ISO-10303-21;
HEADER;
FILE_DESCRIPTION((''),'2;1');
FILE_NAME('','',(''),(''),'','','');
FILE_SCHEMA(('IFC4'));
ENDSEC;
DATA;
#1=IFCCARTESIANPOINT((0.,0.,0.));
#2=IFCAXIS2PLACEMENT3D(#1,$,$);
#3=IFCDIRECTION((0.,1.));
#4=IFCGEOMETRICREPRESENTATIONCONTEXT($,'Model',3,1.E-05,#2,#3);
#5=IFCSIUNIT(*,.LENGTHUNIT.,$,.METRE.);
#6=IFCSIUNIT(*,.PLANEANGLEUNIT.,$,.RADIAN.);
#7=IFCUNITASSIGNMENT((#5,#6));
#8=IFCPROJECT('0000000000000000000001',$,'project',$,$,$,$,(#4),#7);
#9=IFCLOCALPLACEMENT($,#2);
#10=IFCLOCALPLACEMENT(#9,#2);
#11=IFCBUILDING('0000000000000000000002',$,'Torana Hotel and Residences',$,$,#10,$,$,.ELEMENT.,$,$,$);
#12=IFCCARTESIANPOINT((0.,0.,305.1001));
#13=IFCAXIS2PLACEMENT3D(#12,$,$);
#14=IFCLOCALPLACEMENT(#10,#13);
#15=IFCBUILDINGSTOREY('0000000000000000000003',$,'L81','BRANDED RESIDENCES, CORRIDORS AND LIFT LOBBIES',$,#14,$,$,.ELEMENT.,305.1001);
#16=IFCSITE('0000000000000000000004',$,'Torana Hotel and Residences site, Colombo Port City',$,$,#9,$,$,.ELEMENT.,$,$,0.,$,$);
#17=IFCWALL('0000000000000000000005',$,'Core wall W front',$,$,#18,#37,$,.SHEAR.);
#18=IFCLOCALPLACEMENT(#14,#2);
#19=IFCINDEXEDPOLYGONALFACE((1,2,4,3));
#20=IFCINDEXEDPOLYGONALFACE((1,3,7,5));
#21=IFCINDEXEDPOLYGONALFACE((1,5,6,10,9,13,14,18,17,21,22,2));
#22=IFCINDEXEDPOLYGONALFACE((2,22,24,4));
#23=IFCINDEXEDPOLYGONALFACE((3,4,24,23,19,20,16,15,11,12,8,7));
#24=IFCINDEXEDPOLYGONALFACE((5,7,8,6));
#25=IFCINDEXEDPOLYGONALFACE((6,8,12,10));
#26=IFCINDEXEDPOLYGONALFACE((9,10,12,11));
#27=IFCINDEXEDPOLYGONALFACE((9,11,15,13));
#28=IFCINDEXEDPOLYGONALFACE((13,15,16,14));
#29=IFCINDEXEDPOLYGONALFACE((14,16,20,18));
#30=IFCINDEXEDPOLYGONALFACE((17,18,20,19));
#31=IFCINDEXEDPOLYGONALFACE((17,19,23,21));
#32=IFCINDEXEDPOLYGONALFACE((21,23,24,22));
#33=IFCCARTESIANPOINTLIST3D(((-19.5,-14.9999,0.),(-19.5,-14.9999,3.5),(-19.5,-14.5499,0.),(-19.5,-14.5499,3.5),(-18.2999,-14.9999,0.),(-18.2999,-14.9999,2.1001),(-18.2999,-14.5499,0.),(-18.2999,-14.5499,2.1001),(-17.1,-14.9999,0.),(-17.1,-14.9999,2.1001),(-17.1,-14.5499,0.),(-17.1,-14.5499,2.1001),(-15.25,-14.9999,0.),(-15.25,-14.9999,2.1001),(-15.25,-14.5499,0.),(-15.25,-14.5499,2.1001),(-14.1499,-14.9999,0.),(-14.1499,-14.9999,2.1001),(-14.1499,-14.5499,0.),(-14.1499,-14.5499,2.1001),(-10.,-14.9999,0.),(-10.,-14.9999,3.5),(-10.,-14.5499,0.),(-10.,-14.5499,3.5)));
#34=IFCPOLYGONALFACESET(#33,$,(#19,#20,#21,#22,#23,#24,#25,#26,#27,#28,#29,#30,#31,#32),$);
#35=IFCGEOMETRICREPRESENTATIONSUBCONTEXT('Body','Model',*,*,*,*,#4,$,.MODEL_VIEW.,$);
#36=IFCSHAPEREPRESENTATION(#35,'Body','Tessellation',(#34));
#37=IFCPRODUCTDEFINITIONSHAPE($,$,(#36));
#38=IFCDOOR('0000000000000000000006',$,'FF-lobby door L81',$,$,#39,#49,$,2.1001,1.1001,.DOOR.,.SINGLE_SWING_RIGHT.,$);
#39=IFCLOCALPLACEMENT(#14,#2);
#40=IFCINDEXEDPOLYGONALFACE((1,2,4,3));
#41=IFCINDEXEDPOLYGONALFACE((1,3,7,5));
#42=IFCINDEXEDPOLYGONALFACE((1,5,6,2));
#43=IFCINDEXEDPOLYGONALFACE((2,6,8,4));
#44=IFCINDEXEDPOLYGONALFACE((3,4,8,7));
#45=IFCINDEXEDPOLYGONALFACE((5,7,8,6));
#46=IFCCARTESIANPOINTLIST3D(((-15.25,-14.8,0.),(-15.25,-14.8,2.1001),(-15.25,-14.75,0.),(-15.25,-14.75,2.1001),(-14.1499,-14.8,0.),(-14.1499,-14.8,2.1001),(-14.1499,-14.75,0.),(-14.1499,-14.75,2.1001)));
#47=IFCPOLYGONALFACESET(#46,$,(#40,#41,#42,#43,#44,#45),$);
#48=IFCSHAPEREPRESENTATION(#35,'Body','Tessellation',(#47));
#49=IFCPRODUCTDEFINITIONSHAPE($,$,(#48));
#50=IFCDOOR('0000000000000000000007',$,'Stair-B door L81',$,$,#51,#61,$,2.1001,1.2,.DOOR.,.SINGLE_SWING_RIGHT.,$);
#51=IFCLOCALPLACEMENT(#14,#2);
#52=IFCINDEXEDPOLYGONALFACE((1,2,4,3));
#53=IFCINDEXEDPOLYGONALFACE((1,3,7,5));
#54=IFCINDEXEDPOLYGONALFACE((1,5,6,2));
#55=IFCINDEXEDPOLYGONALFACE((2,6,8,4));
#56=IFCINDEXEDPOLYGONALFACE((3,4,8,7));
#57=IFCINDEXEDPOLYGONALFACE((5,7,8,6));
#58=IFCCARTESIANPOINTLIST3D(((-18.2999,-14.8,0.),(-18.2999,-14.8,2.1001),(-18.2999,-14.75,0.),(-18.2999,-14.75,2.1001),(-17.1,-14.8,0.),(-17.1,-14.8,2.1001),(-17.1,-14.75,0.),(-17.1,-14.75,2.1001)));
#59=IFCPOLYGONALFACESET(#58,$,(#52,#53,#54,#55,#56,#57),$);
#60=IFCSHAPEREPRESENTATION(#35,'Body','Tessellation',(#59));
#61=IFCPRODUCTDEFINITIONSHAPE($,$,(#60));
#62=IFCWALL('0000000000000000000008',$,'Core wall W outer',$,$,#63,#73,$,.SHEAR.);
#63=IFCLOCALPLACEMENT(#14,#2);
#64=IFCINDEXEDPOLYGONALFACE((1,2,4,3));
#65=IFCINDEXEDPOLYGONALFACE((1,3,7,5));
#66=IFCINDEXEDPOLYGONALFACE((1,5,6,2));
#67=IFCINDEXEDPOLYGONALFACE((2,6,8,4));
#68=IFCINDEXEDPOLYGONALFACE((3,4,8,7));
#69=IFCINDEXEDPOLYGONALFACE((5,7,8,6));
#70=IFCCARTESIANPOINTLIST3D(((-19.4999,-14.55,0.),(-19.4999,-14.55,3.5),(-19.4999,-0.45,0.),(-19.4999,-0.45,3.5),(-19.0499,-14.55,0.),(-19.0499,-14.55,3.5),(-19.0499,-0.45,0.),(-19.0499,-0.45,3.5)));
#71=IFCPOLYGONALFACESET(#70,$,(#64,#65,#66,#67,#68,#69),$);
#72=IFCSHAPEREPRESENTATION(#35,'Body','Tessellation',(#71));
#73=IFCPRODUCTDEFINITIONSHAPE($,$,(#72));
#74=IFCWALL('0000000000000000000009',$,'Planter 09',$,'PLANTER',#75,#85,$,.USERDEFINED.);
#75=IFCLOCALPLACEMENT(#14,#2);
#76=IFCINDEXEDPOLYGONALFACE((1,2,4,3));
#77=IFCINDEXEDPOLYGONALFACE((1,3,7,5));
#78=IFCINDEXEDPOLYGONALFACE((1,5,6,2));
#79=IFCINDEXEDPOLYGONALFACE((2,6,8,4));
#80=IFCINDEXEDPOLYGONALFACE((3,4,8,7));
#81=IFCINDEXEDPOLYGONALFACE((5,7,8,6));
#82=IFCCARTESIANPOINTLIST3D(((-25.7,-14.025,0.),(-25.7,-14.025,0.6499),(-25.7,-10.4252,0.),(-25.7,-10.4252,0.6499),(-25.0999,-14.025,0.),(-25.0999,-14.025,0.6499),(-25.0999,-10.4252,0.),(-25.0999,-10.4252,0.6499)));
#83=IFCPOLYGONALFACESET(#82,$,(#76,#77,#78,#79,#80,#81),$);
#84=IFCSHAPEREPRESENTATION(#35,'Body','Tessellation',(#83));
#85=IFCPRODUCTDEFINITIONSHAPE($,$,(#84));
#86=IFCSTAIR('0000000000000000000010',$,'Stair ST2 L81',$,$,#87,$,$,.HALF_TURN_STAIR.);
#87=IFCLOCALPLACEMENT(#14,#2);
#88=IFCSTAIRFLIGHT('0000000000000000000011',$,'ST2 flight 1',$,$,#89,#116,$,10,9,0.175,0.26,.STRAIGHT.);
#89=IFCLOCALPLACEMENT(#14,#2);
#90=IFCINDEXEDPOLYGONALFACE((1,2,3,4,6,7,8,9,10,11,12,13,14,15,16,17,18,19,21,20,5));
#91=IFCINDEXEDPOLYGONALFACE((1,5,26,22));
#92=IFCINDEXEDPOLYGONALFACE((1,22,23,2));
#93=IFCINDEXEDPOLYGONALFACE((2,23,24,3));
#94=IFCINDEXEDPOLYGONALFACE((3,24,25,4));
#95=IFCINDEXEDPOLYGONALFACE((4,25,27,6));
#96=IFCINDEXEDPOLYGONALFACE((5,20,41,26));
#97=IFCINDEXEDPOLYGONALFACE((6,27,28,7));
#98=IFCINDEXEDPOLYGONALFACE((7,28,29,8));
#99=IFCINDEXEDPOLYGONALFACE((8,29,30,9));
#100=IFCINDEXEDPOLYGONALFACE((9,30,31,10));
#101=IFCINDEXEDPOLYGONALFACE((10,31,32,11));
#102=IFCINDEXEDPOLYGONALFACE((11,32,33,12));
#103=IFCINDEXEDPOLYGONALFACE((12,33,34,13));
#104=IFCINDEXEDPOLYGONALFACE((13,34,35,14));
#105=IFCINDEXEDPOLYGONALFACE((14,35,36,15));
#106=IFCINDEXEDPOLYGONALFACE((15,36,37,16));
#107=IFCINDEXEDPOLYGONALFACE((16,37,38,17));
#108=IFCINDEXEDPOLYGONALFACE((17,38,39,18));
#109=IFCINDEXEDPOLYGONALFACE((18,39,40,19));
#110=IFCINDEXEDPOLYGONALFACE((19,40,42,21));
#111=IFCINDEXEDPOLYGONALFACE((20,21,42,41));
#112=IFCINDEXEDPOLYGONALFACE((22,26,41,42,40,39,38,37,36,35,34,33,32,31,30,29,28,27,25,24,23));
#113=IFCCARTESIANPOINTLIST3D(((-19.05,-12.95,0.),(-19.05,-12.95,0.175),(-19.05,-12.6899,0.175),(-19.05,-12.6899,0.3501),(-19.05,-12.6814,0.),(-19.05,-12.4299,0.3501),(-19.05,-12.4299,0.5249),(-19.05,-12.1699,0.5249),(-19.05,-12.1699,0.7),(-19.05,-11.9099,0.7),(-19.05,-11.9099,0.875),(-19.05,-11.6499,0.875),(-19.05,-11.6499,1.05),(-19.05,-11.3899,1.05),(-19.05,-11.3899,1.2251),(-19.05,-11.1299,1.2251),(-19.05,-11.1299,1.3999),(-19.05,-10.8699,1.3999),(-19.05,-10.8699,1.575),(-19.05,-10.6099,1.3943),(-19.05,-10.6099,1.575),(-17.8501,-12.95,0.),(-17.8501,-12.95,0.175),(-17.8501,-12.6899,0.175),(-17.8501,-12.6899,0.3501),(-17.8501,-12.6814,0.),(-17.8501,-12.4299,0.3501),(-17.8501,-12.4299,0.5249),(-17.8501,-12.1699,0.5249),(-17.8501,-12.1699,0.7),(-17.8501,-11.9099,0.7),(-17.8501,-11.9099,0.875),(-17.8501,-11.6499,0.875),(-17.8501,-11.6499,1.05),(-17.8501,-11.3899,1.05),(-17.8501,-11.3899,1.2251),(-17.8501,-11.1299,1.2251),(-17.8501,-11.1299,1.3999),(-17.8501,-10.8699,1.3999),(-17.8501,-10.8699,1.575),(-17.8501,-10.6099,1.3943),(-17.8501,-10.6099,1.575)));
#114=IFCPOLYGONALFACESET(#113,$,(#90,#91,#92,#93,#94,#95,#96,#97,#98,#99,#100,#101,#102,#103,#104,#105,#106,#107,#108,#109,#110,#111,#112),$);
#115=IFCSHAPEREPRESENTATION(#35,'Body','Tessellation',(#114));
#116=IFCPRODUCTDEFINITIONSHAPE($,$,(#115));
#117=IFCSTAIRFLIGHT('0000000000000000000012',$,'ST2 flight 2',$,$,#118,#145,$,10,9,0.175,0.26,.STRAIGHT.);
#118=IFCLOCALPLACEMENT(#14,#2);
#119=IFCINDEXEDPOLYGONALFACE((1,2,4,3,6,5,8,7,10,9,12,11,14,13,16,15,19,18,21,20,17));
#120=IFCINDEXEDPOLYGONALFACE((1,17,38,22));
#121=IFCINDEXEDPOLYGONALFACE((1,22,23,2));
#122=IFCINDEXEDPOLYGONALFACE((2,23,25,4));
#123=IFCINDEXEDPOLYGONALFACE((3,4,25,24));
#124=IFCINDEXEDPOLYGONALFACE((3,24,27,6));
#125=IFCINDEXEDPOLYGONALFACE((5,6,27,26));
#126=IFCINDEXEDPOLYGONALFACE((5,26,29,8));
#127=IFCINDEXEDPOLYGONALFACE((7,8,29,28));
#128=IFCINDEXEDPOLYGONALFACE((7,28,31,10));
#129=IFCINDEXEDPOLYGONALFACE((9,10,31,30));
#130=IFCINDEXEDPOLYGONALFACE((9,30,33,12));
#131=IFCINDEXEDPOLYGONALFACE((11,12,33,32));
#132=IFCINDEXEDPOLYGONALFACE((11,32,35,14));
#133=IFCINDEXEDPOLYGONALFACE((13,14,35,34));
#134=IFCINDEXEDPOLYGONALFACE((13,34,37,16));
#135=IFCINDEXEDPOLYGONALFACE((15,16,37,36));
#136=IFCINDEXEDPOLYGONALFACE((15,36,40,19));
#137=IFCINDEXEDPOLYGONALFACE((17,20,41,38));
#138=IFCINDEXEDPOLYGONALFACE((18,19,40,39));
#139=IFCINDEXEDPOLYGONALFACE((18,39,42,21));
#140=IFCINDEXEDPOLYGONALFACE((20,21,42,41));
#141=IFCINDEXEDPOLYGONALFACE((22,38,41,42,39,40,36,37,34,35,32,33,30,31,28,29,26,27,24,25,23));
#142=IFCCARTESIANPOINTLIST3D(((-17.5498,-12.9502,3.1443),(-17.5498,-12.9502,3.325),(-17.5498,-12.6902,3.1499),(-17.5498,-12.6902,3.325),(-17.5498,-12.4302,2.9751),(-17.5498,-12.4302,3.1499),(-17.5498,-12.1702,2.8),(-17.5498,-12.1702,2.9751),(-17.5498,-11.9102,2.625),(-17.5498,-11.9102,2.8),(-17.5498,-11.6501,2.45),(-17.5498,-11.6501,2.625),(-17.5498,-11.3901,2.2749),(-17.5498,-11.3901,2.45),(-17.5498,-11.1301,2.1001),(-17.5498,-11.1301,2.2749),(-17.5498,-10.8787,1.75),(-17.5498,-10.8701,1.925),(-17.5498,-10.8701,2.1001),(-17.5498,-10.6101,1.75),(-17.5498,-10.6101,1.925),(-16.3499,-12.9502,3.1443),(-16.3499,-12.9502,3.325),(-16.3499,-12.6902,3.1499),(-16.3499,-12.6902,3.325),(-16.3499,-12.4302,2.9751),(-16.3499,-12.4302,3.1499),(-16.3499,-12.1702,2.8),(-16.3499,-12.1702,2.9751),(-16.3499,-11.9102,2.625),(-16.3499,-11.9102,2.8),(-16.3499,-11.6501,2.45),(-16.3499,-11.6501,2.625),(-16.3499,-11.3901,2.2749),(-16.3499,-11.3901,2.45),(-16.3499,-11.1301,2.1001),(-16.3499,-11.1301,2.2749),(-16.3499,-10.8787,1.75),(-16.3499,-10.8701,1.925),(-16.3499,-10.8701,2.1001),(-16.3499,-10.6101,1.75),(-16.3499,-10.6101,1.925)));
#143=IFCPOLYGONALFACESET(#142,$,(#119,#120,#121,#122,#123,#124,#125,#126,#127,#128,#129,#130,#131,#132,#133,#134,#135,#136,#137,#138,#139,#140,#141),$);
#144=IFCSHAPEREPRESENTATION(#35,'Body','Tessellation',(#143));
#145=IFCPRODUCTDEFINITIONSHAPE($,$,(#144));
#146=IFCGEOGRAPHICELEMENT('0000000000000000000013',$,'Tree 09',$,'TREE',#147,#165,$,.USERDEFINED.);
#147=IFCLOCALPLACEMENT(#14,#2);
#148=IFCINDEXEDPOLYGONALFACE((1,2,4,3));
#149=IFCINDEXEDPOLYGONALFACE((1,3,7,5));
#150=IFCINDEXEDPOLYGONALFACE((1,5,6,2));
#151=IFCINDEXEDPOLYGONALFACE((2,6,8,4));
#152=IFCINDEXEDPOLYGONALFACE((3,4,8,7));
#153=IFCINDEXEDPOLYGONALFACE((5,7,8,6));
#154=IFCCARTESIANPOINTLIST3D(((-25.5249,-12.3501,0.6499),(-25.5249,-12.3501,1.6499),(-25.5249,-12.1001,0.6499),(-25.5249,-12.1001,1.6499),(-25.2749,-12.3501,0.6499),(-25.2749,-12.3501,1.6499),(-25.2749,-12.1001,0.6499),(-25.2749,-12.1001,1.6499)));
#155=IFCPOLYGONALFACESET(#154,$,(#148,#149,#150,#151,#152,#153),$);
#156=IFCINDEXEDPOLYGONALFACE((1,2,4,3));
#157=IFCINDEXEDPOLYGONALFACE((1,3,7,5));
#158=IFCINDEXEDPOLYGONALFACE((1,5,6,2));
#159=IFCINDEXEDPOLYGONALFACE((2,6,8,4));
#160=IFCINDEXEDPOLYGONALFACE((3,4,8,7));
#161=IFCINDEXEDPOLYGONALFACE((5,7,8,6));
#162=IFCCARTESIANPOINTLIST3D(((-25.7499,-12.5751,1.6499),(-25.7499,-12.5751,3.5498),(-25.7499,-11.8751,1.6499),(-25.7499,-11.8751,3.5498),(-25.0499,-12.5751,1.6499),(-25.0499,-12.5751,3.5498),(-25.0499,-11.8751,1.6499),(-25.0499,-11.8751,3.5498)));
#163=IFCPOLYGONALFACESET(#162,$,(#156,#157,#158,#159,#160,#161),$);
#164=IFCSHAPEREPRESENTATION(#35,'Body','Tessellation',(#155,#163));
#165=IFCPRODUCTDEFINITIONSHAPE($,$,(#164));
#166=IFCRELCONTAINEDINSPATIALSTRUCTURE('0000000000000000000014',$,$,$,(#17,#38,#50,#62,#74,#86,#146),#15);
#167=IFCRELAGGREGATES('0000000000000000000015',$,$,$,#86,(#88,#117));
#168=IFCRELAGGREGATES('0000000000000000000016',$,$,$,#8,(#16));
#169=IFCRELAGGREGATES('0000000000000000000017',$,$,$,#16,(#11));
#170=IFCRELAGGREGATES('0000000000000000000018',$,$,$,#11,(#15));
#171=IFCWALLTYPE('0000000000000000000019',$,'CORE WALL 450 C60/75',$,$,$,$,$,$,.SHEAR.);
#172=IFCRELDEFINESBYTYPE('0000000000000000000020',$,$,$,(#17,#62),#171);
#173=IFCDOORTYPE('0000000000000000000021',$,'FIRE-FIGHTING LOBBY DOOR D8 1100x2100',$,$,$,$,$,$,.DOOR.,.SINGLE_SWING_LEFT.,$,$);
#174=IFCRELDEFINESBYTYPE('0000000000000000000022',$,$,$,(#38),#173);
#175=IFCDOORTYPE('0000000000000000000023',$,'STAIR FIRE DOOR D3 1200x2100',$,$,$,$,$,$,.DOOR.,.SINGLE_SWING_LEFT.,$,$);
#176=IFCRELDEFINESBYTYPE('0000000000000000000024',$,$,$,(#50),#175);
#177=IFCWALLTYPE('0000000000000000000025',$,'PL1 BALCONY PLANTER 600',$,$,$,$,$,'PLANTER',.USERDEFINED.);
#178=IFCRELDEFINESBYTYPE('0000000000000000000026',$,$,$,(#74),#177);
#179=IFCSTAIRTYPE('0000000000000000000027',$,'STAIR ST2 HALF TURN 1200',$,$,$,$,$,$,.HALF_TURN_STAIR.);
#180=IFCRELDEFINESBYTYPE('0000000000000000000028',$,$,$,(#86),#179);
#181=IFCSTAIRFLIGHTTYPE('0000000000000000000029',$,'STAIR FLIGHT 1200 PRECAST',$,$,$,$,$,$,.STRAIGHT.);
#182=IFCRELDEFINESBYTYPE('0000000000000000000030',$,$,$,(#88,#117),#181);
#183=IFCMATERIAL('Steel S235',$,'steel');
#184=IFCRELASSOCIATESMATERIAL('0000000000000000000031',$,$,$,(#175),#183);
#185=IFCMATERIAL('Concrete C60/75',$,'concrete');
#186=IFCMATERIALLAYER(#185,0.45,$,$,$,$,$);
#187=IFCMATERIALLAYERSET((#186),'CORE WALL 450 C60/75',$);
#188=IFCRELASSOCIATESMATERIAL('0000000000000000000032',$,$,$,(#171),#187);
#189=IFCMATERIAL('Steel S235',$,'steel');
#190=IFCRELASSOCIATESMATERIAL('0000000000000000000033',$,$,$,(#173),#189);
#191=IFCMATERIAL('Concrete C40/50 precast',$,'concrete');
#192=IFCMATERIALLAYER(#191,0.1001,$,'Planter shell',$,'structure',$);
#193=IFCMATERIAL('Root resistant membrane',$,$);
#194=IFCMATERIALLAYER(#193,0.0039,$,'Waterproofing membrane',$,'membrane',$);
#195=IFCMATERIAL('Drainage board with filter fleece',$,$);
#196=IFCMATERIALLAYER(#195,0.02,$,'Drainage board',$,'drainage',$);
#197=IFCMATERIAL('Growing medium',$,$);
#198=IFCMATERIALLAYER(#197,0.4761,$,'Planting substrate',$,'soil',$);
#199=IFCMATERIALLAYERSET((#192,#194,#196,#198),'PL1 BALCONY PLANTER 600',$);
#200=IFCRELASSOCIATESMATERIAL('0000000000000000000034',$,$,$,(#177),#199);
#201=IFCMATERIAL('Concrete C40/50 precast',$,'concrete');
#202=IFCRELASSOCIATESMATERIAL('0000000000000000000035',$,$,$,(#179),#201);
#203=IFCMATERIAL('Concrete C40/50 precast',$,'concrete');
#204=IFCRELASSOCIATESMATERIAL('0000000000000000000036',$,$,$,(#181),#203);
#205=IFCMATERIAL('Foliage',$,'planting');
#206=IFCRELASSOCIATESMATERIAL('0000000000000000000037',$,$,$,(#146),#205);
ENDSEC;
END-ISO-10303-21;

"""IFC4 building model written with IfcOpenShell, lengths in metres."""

from ifc_helpers import new_model, si_unit, direction, frame, frame_2d, origin, origin_2d, place, context, subcontext, project, spatial, polyline, rectangle, outline, extrude, material, layer, layer_set, type_object, element, fill, aggregate, save


model = new_model("IFC4")

# Units and contexts
model_context = context("Model", 3, precision=1e-05, world=origin(), true_north=direction((0.0, 1.0)))
body_context = subcontext(model_context, "Body", "Model", "MODEL_VIEW")
ifc_project = project(units=[si_unit("LENGTHUNIT", "METRE"), si_unit("PLANEANGLEUNIT", "RADIAN")], contexts=[model_context])

# Site, building, storey
site_placement = place(None, origin())
site = spatial("IfcSite", under=ifc_project, at=site_placement, Name="Torana Hotel and Residences site, Colombo Port City", CompositionType="ELEMENT", RefElevation=0.0)
building_placement = place(site_placement, origin())
building = spatial("IfcBuilding", under=site, at=building_placement, Name="Torana Hotel and Residences", CompositionType="ELEMENT")
storey_placement = place(building_placement, frame((0.0, 0.0, 305.1001)))
storey = spatial("IfcBuildingStorey", under=building, at=storey_placement, Name="L81", Description="BRANDED RESIDENCES, CORRIDORS AND LIFT LOBBIES", CompositionType="ELEMENT", Elevation=305.1001)

# Shared definitions
ifc_material_1 = material(Name="Steel S235", Category="steel")
door_type_1 = type_object("IfcDoorType", Name="STAIR FIRE DOOR D3 1200x2100", OperationType="SINGLE_SWING_LEFT", PredefinedType="DOOR", material=ifc_material_1)

# Wall, openings, doors
ifc_material_2 = material(Name="Concrete C60/75", Category="concrete")
ifc_layer_1 = layer(ifc_material_2, 0.45)
ifc_layer_set_1 = layer_set([ifc_layer_1], Name="CORE WALL 450 C60/75")
wall_type_1 = type_object("IfcWallType", Name="CORE WALL 450 C60/75", PredefinedType="SHEAR", material=ifc_layer_set_1)
wall_1_placement = place(storey_placement, frame((-19.5, -14.7749, 0.0), z_axis=(0.0, 0.0, 1.0), x_axis=(1.0, 0.0, 0.0)))
wall_1 = element("IfcWall", 1, at=wall_1_placement, inside=storey, type_object=wall_type_1, Name="Core wall W front", PredefinedType="SHEAR", context=body_context, shape_type="SweptSolid", body=[
    extrude(rectangle(XDim=9.5, YDim=0.45, at=frame_2d((4.75, 0.0))), origin(), (0.0, 0.0, 1.0), 3.5),
])
opening_1_placement = place(wall_1_placement, frame((1.2, 0.0, 0.0)))
opening_1 = element("IfcOpeningElement", 2, at=opening_1_placement, cuts=wall_1, PredefinedType="OPENING", context=body_context, shape_type="SweptSolid", body=[
    extrude(rectangle(XDim=1.2, YDim=2.1001, at=frame_2d((0.6001, 1.05))), frame((0.0, 0.2349, 0.0), z_axis=(0.0, -1.0, 0.0), x_axis=(1.0, 0.0, 0.0)), (0.0, 0.0, 1.0), 0.47),
])
opening_2_placement = place(wall_1_placement, frame((4.25, 0.0, 0.0)))
opening_2 = element("IfcOpeningElement", 3, at=opening_2_placement, cuts=wall_1, PredefinedType="OPENING", context=body_context, shape_type="SweptSolid", body=[
    extrude(rectangle(XDim=1.1001, YDim=2.1001, at=frame_2d((0.55, 1.05))), frame((0.0, 0.2349, 0.0), z_axis=(0.0, -1.0, 0.0), x_axis=(1.0, 0.0, 0.0)), (0.0, 0.0, 1.0), 0.47),
])
ifc_material_3 = material(Name="Steel S235", Category="steel")
door_type_2 = type_object("IfcDoorType", Name="FIRE-FIGHTING LOBBY DOOR D8 1100x2100", OperationType="SINGLE_SWING_LEFT", PredefinedType="DOOR", material=ifc_material_3)
door_1_placement = place(opening_2_placement, origin())
door_1 = element("IfcDoor", 4, at=door_1_placement, inside=storey, type_object=door_type_2, Name="FF-lobby door L81", OperationType="SINGLE_SWING_RIGHT", OverallHeight=2.1001, OverallWidth=1.1001, PredefinedType="DOOR", context=body_context, shape_type="SweptSolid", body=[
    extrude(rectangle(XDim=1.1001, YDim=2.1001, at=frame_2d((0.55, 1.05))), frame((0.0, 0.0249, 0.0), z_axis=(0.0, -1.0, 0.0), x_axis=(1.0, 0.0, 0.0)), (0.0, 0.0, 1.0), 0.05),
])
fill(opening_2, door_1)
door_2_placement = place(opening_1_placement, origin())
door_2 = element("IfcDoor", 5, at=door_2_placement, inside=storey, type_object=door_type_1, Name="Stair-B door L81", OperationType="SINGLE_SWING_RIGHT", OverallHeight=2.1001, OverallWidth=1.2, PredefinedType="DOOR", context=body_context, shape_type="SweptSolid", body=[
    extrude(rectangle(XDim=1.2, YDim=2.1001, at=frame_2d((0.6001, 1.05))), frame((0.0, 0.0249, 0.0), z_axis=(0.0, -1.0, 0.0), x_axis=(1.0, 0.0, 0.0)), (0.0, 0.0, 1.0), 0.05),
])
fill(opening_1, door_2)

# Wall
wall_2_placement = place(storey_placement, frame((-19.2749, -14.55, 0.0), z_axis=(0.0, 0.0, 1.0), x_axis=(0.0, 1.0, 0.0)))
element("IfcWall", 6, at=wall_2_placement, inside=storey, type_object=wall_type_1, Name="Core wall W outer", PredefinedType="SHEAR", context=body_context, shape_type="SweptSolid", body=[
    extrude(rectangle(XDim=14.1001, YDim=0.45, at=frame_2d((7.05, 0.0))), origin(), (0.0, 0.0, 1.0), 3.5),
])

# Wall
ifc_material_4 = material(Name="Concrete C40/50 precast", Category="concrete")
ifc_layer_2 = layer(ifc_material_4, 0.1001, Name="Planter shell", Category="structure")
ifc_material_5 = material(Name="Root resistant membrane")
ifc_layer_3 = layer(ifc_material_5, 0.0039, Name="Waterproofing membrane", Category="membrane")
ifc_material_6 = material(Name="Drainage board with filter fleece")
ifc_layer_4 = layer(ifc_material_6, 0.02, Name="Drainage board", Category="drainage")
ifc_material_7 = material(Name="Growing medium")
ifc_layer_5 = layer(ifc_material_7, 0.4761, Name="Planting substrate", Category="soil")
ifc_layer_set_2 = layer_set([ifc_layer_2, ifc_layer_3, ifc_layer_4, ifc_layer_5], Name="PL1 BALCONY PLANTER 600")
wall_type_2 = type_object("IfcWallType", Name="PL1 BALCONY PLANTER 600", ElementType="PLANTER", PredefinedType="USERDEFINED", material=ifc_layer_set_2)
wall_3_placement = place(storey_placement, frame((-25.3999, -14.0249, 0.0), z_axis=(0.0, 0.0, 1.0), x_axis=(0.0, 1.0, 0.0)))
element("IfcWall", 7, at=wall_3_placement, inside=storey, type_object=wall_type_2, Name="Planter 09", ObjectType="PLANTER", PredefinedType="USERDEFINED", context=body_context, shape_type="SweptSolid", body=[
    extrude(rectangle(XDim=3.5999, YDim=0.6001, at=frame_2d((1.7998, 0.0))), origin(), (0.0, 0.0, 1.0), 0.6499),
])

# Stair, stair flights
ifc_material_8 = material(Name="Concrete C40/50 precast", Category="concrete")
stair_type = type_object("IfcStairType", Name="STAIR ST2 HALF TURN 1200", PredefinedType="HALF_TURN_STAIR", material=ifc_material_8)
stair_placement = place(storey_placement, origin())
stair = element("IfcStair", 8, at=stair_placement, inside=storey, type_object=stair_type, Name="Stair ST2 L81", PredefinedType="HALF_TURN_STAIR")
ifc_material_9 = material(Name="Concrete C40/50 precast", Category="concrete")
stair_flight_type = type_object("IfcStairFlightType", Name="STAIR FLIGHT 1200 PRECAST", PredefinedType="STRAIGHT", material=ifc_material_9)
stair_flight_1_placement = place(storey_placement, frame((-18.45, -12.95, 0.0), z_axis=(0.0, 0.0, 1.0), x_axis=(0.0, 1.0, 0.0)))
stair_flight_1 = element("IfcStairFlight", 9, at=stair_flight_1_placement, type_object=stair_flight_type, Name="ST2 flight 1", NumberOfRisers=10, NumberOfTreads=9, PredefinedType="STRAIGHT", RiserHeight=0.175, TreadLength=0.26, context=body_context, shape_type="SweptSolid", body=[
    extrude(outline(polyline([(0.0, 0.0), (0.0, 0.175), (0.26, 0.175), (0.26, 0.3501), (0.52, 0.3501), (0.52, 0.5249), (0.78, 0.5249), (0.78, 0.7), (1.04, 0.7), (1.04, 0.875), (1.3, 0.875), (1.3, 1.05), (1.5601, 1.05), (1.5601, 1.2251), (1.8201, 1.2251), (1.8201, 1.3999), (2.0801, 1.3999), (2.0801, 1.575), (2.3401, 1.575), (2.3401, 1.75), (2.3401, 1.3943), (0.2686, 0.0), (0.0, 0.0)])), frame((0.0, 0.6001, 0.0), z_axis=(0.0, -1.0, 0.0), x_axis=(1.0, 0.0, 0.0)), (0.0, 0.0, 1.0), 1.2),
])
stair_flight_2_placement = place(storey_placement, frame((-16.95, -10.6101, 1.75), z_axis=(0.0, 0.0, 1.0), x_axis=(0.0, -1.0, 0.0)))
stair_flight_2 = element("IfcStairFlight", 10, at=stair_flight_2_placement, type_object=stair_flight_type, Name="ST2 flight 2", NumberOfRisers=10, NumberOfTreads=9, PredefinedType="STRAIGHT", RiserHeight=0.175, TreadLength=0.26, context=body_context, shape_type="SweptSolid", body=[
    extrude(outline(polyline([(0.0, 0.0), (0.0, 0.175), (0.26, 0.175), (0.26, 0.3501), (0.52, 0.3501), (0.52, 0.5249), (0.78, 0.5249), (0.78, 0.7), (1.04, 0.7), (1.04, 0.875), (1.3, 0.875), (1.3, 1.05), (1.5601, 1.05), (1.5601, 1.2251), (1.8201, 1.2251), (1.8201, 1.3999), (2.0801, 1.3999), (2.0801, 1.575), (2.3401, 1.575), (2.3401, 1.75), (2.3401, 1.3943), (0.2686, 0.0), (0.0, 0.0)])), frame((0.0, 0.6001, 0.0), z_axis=(0.0, -1.0, 0.0), x_axis=(1.0, 0.0, 0.0)), (0.0, 0.0, 1.0), 1.2),
])
aggregate(stair, [stair_flight_1, stair_flight_2])

# Geographic element
ifc_material_10 = material(Name="Foliage", Category="planting")
geographic_element_placement = place(storey_placement, frame((-25.3999, -12.2251, 0.6499), z_axis=(0.0, 0.0, 1.0), x_axis=(1.0, 0.0, 0.0)))
element("IfcGeographicElement", 11, at=geographic_element_placement, inside=storey, material=ifc_material_10, Name="Tree 09", ObjectType="TREE", PredefinedType="USERDEFINED", context=body_context, shape_type="SweptSolid", body=[
    extrude(rectangle(XDim=0.25, YDim=0.25, at=origin_2d()), origin(), (0.0, 0.0, 1.0), 1.0),
    extrude(rectangle(XDim=0.7, YDim=0.7, at=origin_2d()), frame((0.0, 0.0, 1.0)), (0.0, 0.0, 1.0), 1.8999),
])

save(model, "model.ifc")
